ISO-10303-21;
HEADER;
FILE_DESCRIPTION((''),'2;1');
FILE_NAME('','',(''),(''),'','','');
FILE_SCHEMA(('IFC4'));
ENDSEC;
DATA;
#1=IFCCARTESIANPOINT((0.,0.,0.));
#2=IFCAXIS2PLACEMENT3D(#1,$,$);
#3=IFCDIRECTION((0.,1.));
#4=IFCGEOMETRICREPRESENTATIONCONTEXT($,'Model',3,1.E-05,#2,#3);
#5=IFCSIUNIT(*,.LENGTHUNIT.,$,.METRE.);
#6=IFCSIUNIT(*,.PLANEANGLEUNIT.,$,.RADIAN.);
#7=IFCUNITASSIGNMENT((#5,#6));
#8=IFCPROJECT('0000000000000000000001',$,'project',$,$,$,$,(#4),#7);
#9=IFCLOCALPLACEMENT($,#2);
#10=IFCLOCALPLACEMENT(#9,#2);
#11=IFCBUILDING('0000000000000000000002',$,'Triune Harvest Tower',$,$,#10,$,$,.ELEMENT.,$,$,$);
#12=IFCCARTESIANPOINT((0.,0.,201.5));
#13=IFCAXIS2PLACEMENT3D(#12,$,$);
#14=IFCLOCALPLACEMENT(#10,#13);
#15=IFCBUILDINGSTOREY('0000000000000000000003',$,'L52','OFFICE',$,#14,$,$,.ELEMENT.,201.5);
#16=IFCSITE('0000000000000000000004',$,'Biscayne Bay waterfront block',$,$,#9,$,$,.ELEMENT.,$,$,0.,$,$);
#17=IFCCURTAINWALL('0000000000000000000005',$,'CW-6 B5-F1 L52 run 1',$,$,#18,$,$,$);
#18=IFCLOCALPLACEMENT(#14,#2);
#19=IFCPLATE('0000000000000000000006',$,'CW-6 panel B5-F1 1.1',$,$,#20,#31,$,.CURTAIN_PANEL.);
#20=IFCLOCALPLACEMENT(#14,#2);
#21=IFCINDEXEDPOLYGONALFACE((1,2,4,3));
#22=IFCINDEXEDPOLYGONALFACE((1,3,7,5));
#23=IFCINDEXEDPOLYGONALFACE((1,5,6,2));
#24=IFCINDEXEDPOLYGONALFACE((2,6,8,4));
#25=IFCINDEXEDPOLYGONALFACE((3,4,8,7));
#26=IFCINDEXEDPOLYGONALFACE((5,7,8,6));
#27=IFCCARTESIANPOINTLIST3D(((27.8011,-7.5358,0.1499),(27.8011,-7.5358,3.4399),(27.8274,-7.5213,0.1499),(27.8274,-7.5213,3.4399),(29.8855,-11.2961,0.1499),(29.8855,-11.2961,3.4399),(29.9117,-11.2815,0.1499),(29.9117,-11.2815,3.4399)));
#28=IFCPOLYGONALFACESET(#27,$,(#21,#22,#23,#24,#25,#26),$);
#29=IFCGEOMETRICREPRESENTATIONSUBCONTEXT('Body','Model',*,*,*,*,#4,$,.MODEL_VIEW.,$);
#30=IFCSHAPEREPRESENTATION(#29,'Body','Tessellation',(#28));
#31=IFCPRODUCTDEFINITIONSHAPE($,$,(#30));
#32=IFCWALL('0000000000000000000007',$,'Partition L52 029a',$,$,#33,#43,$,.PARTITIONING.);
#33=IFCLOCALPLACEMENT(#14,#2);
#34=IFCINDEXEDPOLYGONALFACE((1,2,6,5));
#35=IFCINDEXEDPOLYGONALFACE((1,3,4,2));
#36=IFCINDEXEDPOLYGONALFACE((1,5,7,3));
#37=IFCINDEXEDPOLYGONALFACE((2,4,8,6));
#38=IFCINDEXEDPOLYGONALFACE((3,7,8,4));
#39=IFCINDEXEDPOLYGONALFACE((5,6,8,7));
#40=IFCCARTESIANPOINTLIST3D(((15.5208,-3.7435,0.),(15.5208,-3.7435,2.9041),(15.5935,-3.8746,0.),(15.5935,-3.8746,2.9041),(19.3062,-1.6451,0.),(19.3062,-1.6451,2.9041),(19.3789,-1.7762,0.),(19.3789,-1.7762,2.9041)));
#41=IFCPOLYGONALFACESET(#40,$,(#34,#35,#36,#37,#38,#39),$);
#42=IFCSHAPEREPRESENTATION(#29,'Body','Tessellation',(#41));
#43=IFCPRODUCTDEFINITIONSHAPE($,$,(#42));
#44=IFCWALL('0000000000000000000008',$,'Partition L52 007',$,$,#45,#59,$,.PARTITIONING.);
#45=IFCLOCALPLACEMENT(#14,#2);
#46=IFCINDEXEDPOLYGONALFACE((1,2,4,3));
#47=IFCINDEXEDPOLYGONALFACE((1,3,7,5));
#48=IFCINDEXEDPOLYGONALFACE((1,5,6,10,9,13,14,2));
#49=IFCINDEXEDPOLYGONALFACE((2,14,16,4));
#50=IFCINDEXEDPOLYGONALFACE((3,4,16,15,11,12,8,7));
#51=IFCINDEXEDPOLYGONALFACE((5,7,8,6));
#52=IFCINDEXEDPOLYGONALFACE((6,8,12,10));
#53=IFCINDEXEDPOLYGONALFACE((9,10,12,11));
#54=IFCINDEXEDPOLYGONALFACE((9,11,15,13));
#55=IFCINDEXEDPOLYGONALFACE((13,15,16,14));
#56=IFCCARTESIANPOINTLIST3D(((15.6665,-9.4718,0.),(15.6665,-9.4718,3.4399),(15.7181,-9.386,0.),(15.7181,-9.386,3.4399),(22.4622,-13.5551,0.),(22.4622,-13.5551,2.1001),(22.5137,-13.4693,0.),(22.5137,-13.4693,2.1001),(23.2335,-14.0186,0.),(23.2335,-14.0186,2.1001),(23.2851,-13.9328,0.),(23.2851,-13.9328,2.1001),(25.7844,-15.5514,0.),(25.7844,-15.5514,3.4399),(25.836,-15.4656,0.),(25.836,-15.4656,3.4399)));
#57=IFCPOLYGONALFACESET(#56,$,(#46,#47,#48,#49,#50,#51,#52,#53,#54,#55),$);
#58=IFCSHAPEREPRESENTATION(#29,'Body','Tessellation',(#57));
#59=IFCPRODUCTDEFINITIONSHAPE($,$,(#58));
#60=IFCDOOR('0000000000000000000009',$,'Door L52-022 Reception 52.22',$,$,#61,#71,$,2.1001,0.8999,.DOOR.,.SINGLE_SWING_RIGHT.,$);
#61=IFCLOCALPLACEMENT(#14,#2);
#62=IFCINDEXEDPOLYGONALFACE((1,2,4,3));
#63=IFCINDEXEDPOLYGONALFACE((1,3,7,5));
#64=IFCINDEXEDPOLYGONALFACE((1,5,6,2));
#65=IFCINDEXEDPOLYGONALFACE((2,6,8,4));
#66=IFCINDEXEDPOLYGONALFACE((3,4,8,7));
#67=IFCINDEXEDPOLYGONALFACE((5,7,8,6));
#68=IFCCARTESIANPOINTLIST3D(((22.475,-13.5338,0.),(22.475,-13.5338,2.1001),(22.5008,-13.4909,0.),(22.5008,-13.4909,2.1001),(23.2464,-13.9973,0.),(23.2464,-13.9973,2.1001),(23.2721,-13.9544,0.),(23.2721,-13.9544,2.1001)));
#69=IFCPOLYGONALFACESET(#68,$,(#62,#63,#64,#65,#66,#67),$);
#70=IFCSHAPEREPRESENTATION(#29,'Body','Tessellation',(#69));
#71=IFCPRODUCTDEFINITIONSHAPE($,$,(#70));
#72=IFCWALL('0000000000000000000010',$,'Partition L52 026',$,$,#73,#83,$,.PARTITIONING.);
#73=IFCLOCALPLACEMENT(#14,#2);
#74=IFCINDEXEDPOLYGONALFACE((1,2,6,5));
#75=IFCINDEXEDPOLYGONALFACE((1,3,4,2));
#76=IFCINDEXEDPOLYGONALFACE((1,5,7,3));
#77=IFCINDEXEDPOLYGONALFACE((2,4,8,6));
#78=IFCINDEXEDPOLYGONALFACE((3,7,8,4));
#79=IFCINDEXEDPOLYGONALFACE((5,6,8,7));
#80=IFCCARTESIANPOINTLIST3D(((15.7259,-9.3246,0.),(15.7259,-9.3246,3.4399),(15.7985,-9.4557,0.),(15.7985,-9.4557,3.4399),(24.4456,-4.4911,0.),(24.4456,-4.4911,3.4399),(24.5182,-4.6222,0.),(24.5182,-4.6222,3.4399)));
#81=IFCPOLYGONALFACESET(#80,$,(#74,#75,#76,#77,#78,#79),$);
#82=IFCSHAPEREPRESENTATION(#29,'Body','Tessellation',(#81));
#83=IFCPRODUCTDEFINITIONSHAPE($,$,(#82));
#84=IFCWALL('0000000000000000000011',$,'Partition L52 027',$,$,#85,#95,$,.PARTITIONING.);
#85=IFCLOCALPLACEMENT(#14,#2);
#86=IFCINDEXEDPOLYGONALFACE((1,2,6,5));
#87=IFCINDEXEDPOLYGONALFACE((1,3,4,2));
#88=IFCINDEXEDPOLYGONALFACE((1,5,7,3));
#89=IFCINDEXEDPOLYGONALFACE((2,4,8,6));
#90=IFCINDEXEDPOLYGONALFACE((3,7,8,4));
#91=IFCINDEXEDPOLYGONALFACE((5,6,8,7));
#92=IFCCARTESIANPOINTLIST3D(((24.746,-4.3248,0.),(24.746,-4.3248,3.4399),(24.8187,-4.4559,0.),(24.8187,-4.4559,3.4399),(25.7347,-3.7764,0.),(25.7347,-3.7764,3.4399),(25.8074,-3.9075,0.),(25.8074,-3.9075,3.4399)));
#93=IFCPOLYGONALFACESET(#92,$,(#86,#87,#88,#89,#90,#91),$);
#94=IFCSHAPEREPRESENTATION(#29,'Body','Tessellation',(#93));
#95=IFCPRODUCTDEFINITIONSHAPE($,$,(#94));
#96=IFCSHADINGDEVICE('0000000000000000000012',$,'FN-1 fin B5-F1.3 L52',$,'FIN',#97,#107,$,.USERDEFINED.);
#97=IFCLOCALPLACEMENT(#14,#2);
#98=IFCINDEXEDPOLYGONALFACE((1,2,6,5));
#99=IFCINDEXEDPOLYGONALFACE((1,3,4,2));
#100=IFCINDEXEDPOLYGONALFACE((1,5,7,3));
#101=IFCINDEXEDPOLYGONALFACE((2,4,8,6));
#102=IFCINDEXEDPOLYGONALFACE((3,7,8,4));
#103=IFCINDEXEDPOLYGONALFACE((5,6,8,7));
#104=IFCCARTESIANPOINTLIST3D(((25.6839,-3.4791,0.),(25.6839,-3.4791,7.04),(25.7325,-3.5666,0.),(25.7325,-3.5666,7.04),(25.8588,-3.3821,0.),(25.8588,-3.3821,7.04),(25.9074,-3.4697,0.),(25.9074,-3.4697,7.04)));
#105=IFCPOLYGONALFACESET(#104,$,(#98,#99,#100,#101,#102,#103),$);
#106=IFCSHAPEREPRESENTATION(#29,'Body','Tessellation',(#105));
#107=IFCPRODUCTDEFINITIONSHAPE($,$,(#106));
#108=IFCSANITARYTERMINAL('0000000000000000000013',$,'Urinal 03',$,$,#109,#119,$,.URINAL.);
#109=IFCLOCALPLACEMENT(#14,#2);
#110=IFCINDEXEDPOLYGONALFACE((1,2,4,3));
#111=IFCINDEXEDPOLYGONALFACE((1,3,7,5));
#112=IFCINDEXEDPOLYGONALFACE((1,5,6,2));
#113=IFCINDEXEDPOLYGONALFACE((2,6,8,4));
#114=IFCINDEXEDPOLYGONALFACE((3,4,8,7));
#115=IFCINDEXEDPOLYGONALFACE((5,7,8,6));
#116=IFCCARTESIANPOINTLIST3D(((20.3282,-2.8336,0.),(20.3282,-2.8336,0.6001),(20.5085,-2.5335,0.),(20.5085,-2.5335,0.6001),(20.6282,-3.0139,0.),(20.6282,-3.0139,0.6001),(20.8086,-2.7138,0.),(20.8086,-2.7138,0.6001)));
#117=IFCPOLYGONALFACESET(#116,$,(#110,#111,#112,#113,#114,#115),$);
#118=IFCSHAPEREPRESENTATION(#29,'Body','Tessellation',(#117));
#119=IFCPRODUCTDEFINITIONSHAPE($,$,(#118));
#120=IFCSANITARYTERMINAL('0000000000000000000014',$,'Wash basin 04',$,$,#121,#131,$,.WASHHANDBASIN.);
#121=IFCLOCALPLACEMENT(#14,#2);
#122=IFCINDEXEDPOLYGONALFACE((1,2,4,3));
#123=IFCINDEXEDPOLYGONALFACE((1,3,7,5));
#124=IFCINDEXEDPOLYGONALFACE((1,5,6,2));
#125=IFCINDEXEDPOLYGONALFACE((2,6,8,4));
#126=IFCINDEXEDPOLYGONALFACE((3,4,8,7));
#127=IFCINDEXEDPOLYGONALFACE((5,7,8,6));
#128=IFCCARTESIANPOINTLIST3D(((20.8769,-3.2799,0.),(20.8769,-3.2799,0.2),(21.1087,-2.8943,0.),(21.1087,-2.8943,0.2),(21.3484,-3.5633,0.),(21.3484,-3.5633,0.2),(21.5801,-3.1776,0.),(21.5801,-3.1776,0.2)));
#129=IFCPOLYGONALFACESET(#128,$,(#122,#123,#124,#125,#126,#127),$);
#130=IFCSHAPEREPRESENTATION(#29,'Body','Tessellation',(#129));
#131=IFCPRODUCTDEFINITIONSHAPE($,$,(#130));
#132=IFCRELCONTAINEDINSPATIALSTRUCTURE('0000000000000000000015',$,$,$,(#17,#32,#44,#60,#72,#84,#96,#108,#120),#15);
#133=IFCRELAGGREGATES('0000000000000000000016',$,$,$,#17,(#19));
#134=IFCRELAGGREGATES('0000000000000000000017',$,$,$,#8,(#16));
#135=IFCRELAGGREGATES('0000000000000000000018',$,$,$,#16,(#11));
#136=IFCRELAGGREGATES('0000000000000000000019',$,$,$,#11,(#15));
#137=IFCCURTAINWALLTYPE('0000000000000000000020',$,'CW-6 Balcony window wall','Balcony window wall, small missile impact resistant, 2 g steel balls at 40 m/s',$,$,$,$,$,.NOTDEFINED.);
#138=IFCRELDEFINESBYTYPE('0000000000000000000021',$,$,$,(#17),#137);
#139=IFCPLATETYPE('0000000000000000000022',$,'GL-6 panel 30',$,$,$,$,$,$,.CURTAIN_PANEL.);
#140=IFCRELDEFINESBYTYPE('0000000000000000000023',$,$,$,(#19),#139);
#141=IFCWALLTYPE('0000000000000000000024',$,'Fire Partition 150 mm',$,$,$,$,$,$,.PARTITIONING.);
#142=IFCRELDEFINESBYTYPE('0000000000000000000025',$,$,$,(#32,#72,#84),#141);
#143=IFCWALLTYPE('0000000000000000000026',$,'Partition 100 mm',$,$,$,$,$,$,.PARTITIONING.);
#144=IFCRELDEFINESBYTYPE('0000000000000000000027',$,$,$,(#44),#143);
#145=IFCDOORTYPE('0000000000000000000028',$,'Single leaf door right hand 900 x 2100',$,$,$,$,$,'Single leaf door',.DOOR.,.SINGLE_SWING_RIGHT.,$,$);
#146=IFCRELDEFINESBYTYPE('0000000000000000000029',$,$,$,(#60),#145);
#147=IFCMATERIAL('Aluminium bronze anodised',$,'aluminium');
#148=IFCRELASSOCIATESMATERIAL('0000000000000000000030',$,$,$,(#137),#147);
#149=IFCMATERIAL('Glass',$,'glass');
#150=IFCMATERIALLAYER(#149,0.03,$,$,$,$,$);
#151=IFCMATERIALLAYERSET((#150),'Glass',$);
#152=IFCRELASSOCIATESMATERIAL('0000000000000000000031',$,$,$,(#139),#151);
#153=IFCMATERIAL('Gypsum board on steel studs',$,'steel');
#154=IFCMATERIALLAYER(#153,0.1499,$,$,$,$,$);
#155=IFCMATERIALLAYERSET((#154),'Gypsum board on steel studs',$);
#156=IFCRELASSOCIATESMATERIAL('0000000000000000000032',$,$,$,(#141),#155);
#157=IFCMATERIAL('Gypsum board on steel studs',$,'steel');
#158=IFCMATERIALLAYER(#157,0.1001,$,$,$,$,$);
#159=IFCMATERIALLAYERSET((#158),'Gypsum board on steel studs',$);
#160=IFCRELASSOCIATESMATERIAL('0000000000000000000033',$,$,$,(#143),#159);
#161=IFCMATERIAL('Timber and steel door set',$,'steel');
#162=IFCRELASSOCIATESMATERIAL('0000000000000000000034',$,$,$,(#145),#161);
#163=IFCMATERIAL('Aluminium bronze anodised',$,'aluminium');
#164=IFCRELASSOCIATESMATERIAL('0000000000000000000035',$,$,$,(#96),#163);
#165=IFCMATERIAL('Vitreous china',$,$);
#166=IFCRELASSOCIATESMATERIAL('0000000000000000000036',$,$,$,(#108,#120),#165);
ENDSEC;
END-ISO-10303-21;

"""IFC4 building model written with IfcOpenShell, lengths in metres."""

from ifc_helpers import new_model, si_unit, direction, frame, frame_2d, origin, origin_2d, place, context, subcontext, project, spatial, rectangle, extrude, source, transform, mapped, material, layer, layer_set, type_object, element, fill, aggregate, save


model = new_model("IFC4")

# Units and contexts
model_context = context("Model", 3, precision=1e-05, world=origin(), true_north=direction((0.0, 1.0)))
body_context = subcontext(model_context, "Body", "Model", "MODEL_VIEW")
ifc_project = project(units=[si_unit("LENGTHUNIT", "METRE"), si_unit("PLANEANGLEUNIT", "RADIAN")], contexts=[model_context])

# Site, building, storey
site_placement = place(None, origin())
site = spatial("IfcSite", under=ifc_project, at=site_placement, Name="Biscayne Bay waterfront block", CompositionType="ELEMENT", RefElevation=0.0)
building_placement = place(site_placement, origin())
building = spatial("IfcBuilding", under=site, at=building_placement, Name="Triune Harvest Tower", CompositionType="ELEMENT")
storey_placement = place(building_placement, frame((0.0, 0.0, 201.5)))
storey = spatial("IfcBuildingStorey", under=building, at=storey_placement, Name="L52", Description="OFFICE", CompositionType="ELEMENT", Elevation=201.5)

# Curtain wall
ifc_material_1 = material(Name="Aluminium bronze anodised", Category="aluminium")
curtain_wall_type_1 = type_object("IfcCurtainWallType", Name="CW-6 Balcony window wall", Description="Balcony window wall, small missile impact resistant, 2 g steel balls at 40 m/s", PredefinedType="NOTDEFINED", material=ifc_material_1)
curtain_wall_1_placement = place(storey_placement, origin())
curtain_wall_1 = element("IfcCurtainWall", 1, at=curtain_wall_1_placement, inside=storey, type_object=curtain_wall_type_1, Name="CW-6 B5-F1 L52 run 1")

# Plate
ifc_material_2 = material(Name="Glass", Category="glass")
ifc_layer_1 = layer(ifc_material_2, 0.03)
ifc_layer_set_1 = layer_set([ifc_layer_1], Name="Glass")
plate_type_1 = type_object("IfcPlateType", Name="GL-6 panel 30", PredefinedType="CURTAIN_PANEL", material=ifc_layer_set_1)
shared_shape_1 = source(origin(), body_context, "Body", "SweptSolid", [
    extrude(rectangle(XDim=4.2993, YDim=0.03, at=origin_2d()), origin(), (0.0, 0.0, 1.0), 3.29),
])
plate_1_placement = place(storey_placement, frame((28.8564, -9.4087, 0.1499), z_axis=(0.0, 0.0, 1.0), x_axis=(-0.484807, 0.874621, 0.0)))
plate_1 = element("IfcPlate", 2, at=plate_1_placement, type_object=plate_type_1, Name="CW-6 panel B5-F1 1.1", PredefinedType="CURTAIN_PANEL", context=body_context, shape_type="MappedRepresentation", body=[
    mapped(shared_shape_1, transform((0.0, 0.0, 0.0), scale=1.0)),
])
aggregate(curtain_wall_1, [plate_1])

# Wall
ifc_material_3 = material(Name="Gypsum board on steel studs", Category="steel")
ifc_layer_2 = layer(ifc_material_3, 0.1499)
ifc_layer_set_2 = layer_set([ifc_layer_2], Name="Gypsum board on steel studs")
wall_type_1 = type_object("IfcWallType", Name="Fire Partition 150 mm", PredefinedType="PARTITIONING", material=ifc_layer_set_2)
wall_1_placement = place(storey_placement, frame((15.5571, -3.8091, 0.0), z_axis=(0.0, 0.0, 1.0), x_axis=(0.874609, 0.484829, 0.0)))
element("IfcWall", 3, at=wall_1_placement, inside=storey, type_object=wall_type_1, Name="Partition L52 029a", PredefinedType="PARTITIONING", context=body_context, shape_type="SweptSolid", body=[
    extrude(rectangle(XDim=4.3281, YDim=0.1499, at=frame_2d((2.1641, 0.0))), origin(), (0.0, 0.0, 1.0), 2.9041),
])

# Wall, opening, door
ifc_material_4 = material(Name="Gypsum board on steel studs", Category="steel")
ifc_layer_3 = layer(ifc_material_4, 0.1001)
ifc_layer_set_3 = layer_set([ifc_layer_3], Name="Gypsum board on steel studs")
wall_type_2 = type_object("IfcWallType", Name="Partition 100 mm", PredefinedType="PARTITIONING", material=ifc_layer_set_3)
shared_shape_2 = source(origin(), body_context, "Body", "SweptSolid", [
    extrude(rectangle(XDim=11.804, YDim=0.1001, at=frame_2d((5.9019, 0.0))), origin(), (0.0, 0.0, 1.0), 3.4399),
])
wall_2_placement = place(storey_placement, frame((15.6924, -9.429, 0.0), z_axis=(0.0, 0.0, 1.0), x_axis=(0.857162, -0.515046, 0.0)))
wall_2 = element("IfcWall", 4, at=wall_2_placement, inside=storey, type_object=wall_type_2, Name="Partition L52 007", PredefinedType="PARTITIONING", context=body_context, shape_type="MappedRepresentation", body=[
    mapped(shared_shape_2, transform((0.0, 0.0, 0.0), scale=1.0)),
])
opening_placement = place(wall_2_placement, frame((7.928, 0.0, 0.0)))
opening = element("IfcOpeningElement", 5, at=opening_placement, cuts=wall_2, PredefinedType="OPENING", context=body_context, shape_type="SweptSolid", body=[
    extrude(rectangle(XDim=0.8999, YDim=2.1001, at=frame_2d((0.45, 1.05))), frame((0.0, 0.0601, 0.0), z_axis=(0.0, -1.0, 0.0), x_axis=(1.0, 0.0, 0.0)), (0.0, 0.0, 1.0), 0.1201),
])
ifc_material_5 = material(Name="Timber and steel door set", Category="steel")
door_type = type_object("IfcDoorType", Name="Single leaf door right hand 900 x 2100", ElementType="Single leaf door", OperationType="SINGLE_SWING_RIGHT", PredefinedType="DOOR", material=ifc_material_5)
door_placement = place(opening_placement, origin())
door = element("IfcDoor", 6, at=door_placement, inside=storey, type_object=door_type, Name="Door L52-022 Reception 52.22", OperationType="SINGLE_SWING_RIGHT", OverallHeight=2.1001, OverallWidth=0.8999, PredefinedType="DOOR", context=body_context, shape_type="SweptSolid", body=[
    extrude(rectangle(XDim=0.8999, YDim=2.1001, at=frame_2d((0.45, 1.05))), frame((0.0, 0.0249, 0.0), z_axis=(0.0, -1.0, 0.0), x_axis=(1.0, 0.0, 0.0)), (0.0, 0.0, 1.0), 0.05),
])
fill(opening, door)

# Walls
shared_shape_3 = source(origin(), body_context, "Body", "SweptSolid", [
    extrude(rectangle(XDim=9.9697, YDim=0.1499, at=frame_2d((4.9849, 0.0))), origin(), (0.0, 0.0, 1.0), 3.4399),
])
wall_3_placement = place(storey_placement, frame((15.7622, -9.3901, 0.0), z_axis=(0.0, 0.0, 1.0), x_axis=(0.874617, 0.484815, 0.0)))
element("IfcWall", 7, at=wall_3_placement, inside=storey, type_object=wall_type_1, Name="Partition L52 026", PredefinedType="PARTITIONING", context=body_context, shape_type="MappedRepresentation", body=[
    mapped(shared_shape_3, transform((0.0, 0.0, 0.0), scale=1.0)),
])
shared_shape_4 = source(origin(), body_context, "Body", "SweptSolid", [
    extrude(rectangle(XDim=1.1306, YDim=0.1499, at=frame_2d((0.5654, 0.0))), origin(), (0.0, 0.0, 1.0), 3.4399),
])
wall_4_placement = place(storey_placement, frame((24.7822, -4.3904, 0.0), z_axis=(0.0, 0.0, 1.0), x_axis=(0.874524, 0.484983, 0.0)))
element("IfcWall", 8, at=wall_4_placement, inside=storey, type_object=wall_type_1, Name="Partition L52 027", PredefinedType="PARTITIONING", context=body_context, shape_type="MappedRepresentation", body=[
    mapped(shared_shape_4, transform((0.0, 0.0, 0.0), scale=1.0)),
])

# Shading device
ifc_material_6 = material(Name="Aluminium bronze anodised", Category="aluminium")
shared_shape_5 = source(origin(), body_context, "Body", "SweptSolid", [
    extrude(rectangle(XDim=0.1001, YDim=0.2, at=origin_2d()), origin(), (0.0, 0.0, 1.0), 7.04),
])
shading_device_placement = place(storey_placement, frame((25.7957, -3.4744, 0.0), z_axis=(0.0, 0.0, 1.0), x_axis=(-0.484808, 0.87462, 0.0)))
element("IfcShadingDevice", 9, at=shading_device_placement, inside=storey, material=ifc_material_6, Name="FN-1 fin B5-F1.3 L52", ObjectType="FIN", PredefinedType="USERDEFINED", context=body_context, shape_type="MappedRepresentation", body=[
    mapped(shared_shape_5, transform((0.0, 0.0, 0.0), scale=1.0)),
])

# Sanitary terminals
ifc_material_7 = material(Name="Vitreous china")
shared_shape_6 = source(origin(), body_context, "Body", "SweptSolid", [
    extrude(rectangle(XDim=0.3501, YDim=0.3501, at=origin_2d()), origin(), (0.0, 0.0, 1.0), 0.6001),
])
sanitary_terminal_1_placement = place(storey_placement, frame((20.5684, -2.7737, 0.0), z_axis=(0.0, 0.0, 1.0), x_axis=(0.857158, -0.515053, 0.0)))
element("IfcSanitaryTerminal", 10, at=sanitary_terminal_1_placement, inside=storey, material=ifc_material_7, Name="Urinal 03", PredefinedType="URINAL", context=body_context, shape_type="MappedRepresentation", body=[
    mapped(shared_shape_6, transform((0.0, 0.0, 0.0), scale=1.0)),
])
shared_shape_7 = source(origin(), body_context, "Body", "SweptSolid", [
    extrude(rectangle(XDim=0.55, YDim=0.45, at=origin_2d()), origin(), (0.0, 0.0, 1.0), 0.2),
])
sanitary_terminal_2_placement = place(storey_placement, frame((21.2285, -3.2288, 0.0), z_axis=(0.0, 0.0, 1.0), x_axis=(0.857158, -0.515053, 0.0)))
element("IfcSanitaryTerminal", 11, at=sanitary_terminal_2_placement, inside=storey, material=ifc_material_7, Name="Wash basin 04", PredefinedType="WASHHANDBASIN", context=body_context, shape_type="MappedRepresentation", body=[
    mapped(shared_shape_7, transform((0.0, 0.0, 0.0), scale=1.0)),
])

save(model, "model.ifc")
